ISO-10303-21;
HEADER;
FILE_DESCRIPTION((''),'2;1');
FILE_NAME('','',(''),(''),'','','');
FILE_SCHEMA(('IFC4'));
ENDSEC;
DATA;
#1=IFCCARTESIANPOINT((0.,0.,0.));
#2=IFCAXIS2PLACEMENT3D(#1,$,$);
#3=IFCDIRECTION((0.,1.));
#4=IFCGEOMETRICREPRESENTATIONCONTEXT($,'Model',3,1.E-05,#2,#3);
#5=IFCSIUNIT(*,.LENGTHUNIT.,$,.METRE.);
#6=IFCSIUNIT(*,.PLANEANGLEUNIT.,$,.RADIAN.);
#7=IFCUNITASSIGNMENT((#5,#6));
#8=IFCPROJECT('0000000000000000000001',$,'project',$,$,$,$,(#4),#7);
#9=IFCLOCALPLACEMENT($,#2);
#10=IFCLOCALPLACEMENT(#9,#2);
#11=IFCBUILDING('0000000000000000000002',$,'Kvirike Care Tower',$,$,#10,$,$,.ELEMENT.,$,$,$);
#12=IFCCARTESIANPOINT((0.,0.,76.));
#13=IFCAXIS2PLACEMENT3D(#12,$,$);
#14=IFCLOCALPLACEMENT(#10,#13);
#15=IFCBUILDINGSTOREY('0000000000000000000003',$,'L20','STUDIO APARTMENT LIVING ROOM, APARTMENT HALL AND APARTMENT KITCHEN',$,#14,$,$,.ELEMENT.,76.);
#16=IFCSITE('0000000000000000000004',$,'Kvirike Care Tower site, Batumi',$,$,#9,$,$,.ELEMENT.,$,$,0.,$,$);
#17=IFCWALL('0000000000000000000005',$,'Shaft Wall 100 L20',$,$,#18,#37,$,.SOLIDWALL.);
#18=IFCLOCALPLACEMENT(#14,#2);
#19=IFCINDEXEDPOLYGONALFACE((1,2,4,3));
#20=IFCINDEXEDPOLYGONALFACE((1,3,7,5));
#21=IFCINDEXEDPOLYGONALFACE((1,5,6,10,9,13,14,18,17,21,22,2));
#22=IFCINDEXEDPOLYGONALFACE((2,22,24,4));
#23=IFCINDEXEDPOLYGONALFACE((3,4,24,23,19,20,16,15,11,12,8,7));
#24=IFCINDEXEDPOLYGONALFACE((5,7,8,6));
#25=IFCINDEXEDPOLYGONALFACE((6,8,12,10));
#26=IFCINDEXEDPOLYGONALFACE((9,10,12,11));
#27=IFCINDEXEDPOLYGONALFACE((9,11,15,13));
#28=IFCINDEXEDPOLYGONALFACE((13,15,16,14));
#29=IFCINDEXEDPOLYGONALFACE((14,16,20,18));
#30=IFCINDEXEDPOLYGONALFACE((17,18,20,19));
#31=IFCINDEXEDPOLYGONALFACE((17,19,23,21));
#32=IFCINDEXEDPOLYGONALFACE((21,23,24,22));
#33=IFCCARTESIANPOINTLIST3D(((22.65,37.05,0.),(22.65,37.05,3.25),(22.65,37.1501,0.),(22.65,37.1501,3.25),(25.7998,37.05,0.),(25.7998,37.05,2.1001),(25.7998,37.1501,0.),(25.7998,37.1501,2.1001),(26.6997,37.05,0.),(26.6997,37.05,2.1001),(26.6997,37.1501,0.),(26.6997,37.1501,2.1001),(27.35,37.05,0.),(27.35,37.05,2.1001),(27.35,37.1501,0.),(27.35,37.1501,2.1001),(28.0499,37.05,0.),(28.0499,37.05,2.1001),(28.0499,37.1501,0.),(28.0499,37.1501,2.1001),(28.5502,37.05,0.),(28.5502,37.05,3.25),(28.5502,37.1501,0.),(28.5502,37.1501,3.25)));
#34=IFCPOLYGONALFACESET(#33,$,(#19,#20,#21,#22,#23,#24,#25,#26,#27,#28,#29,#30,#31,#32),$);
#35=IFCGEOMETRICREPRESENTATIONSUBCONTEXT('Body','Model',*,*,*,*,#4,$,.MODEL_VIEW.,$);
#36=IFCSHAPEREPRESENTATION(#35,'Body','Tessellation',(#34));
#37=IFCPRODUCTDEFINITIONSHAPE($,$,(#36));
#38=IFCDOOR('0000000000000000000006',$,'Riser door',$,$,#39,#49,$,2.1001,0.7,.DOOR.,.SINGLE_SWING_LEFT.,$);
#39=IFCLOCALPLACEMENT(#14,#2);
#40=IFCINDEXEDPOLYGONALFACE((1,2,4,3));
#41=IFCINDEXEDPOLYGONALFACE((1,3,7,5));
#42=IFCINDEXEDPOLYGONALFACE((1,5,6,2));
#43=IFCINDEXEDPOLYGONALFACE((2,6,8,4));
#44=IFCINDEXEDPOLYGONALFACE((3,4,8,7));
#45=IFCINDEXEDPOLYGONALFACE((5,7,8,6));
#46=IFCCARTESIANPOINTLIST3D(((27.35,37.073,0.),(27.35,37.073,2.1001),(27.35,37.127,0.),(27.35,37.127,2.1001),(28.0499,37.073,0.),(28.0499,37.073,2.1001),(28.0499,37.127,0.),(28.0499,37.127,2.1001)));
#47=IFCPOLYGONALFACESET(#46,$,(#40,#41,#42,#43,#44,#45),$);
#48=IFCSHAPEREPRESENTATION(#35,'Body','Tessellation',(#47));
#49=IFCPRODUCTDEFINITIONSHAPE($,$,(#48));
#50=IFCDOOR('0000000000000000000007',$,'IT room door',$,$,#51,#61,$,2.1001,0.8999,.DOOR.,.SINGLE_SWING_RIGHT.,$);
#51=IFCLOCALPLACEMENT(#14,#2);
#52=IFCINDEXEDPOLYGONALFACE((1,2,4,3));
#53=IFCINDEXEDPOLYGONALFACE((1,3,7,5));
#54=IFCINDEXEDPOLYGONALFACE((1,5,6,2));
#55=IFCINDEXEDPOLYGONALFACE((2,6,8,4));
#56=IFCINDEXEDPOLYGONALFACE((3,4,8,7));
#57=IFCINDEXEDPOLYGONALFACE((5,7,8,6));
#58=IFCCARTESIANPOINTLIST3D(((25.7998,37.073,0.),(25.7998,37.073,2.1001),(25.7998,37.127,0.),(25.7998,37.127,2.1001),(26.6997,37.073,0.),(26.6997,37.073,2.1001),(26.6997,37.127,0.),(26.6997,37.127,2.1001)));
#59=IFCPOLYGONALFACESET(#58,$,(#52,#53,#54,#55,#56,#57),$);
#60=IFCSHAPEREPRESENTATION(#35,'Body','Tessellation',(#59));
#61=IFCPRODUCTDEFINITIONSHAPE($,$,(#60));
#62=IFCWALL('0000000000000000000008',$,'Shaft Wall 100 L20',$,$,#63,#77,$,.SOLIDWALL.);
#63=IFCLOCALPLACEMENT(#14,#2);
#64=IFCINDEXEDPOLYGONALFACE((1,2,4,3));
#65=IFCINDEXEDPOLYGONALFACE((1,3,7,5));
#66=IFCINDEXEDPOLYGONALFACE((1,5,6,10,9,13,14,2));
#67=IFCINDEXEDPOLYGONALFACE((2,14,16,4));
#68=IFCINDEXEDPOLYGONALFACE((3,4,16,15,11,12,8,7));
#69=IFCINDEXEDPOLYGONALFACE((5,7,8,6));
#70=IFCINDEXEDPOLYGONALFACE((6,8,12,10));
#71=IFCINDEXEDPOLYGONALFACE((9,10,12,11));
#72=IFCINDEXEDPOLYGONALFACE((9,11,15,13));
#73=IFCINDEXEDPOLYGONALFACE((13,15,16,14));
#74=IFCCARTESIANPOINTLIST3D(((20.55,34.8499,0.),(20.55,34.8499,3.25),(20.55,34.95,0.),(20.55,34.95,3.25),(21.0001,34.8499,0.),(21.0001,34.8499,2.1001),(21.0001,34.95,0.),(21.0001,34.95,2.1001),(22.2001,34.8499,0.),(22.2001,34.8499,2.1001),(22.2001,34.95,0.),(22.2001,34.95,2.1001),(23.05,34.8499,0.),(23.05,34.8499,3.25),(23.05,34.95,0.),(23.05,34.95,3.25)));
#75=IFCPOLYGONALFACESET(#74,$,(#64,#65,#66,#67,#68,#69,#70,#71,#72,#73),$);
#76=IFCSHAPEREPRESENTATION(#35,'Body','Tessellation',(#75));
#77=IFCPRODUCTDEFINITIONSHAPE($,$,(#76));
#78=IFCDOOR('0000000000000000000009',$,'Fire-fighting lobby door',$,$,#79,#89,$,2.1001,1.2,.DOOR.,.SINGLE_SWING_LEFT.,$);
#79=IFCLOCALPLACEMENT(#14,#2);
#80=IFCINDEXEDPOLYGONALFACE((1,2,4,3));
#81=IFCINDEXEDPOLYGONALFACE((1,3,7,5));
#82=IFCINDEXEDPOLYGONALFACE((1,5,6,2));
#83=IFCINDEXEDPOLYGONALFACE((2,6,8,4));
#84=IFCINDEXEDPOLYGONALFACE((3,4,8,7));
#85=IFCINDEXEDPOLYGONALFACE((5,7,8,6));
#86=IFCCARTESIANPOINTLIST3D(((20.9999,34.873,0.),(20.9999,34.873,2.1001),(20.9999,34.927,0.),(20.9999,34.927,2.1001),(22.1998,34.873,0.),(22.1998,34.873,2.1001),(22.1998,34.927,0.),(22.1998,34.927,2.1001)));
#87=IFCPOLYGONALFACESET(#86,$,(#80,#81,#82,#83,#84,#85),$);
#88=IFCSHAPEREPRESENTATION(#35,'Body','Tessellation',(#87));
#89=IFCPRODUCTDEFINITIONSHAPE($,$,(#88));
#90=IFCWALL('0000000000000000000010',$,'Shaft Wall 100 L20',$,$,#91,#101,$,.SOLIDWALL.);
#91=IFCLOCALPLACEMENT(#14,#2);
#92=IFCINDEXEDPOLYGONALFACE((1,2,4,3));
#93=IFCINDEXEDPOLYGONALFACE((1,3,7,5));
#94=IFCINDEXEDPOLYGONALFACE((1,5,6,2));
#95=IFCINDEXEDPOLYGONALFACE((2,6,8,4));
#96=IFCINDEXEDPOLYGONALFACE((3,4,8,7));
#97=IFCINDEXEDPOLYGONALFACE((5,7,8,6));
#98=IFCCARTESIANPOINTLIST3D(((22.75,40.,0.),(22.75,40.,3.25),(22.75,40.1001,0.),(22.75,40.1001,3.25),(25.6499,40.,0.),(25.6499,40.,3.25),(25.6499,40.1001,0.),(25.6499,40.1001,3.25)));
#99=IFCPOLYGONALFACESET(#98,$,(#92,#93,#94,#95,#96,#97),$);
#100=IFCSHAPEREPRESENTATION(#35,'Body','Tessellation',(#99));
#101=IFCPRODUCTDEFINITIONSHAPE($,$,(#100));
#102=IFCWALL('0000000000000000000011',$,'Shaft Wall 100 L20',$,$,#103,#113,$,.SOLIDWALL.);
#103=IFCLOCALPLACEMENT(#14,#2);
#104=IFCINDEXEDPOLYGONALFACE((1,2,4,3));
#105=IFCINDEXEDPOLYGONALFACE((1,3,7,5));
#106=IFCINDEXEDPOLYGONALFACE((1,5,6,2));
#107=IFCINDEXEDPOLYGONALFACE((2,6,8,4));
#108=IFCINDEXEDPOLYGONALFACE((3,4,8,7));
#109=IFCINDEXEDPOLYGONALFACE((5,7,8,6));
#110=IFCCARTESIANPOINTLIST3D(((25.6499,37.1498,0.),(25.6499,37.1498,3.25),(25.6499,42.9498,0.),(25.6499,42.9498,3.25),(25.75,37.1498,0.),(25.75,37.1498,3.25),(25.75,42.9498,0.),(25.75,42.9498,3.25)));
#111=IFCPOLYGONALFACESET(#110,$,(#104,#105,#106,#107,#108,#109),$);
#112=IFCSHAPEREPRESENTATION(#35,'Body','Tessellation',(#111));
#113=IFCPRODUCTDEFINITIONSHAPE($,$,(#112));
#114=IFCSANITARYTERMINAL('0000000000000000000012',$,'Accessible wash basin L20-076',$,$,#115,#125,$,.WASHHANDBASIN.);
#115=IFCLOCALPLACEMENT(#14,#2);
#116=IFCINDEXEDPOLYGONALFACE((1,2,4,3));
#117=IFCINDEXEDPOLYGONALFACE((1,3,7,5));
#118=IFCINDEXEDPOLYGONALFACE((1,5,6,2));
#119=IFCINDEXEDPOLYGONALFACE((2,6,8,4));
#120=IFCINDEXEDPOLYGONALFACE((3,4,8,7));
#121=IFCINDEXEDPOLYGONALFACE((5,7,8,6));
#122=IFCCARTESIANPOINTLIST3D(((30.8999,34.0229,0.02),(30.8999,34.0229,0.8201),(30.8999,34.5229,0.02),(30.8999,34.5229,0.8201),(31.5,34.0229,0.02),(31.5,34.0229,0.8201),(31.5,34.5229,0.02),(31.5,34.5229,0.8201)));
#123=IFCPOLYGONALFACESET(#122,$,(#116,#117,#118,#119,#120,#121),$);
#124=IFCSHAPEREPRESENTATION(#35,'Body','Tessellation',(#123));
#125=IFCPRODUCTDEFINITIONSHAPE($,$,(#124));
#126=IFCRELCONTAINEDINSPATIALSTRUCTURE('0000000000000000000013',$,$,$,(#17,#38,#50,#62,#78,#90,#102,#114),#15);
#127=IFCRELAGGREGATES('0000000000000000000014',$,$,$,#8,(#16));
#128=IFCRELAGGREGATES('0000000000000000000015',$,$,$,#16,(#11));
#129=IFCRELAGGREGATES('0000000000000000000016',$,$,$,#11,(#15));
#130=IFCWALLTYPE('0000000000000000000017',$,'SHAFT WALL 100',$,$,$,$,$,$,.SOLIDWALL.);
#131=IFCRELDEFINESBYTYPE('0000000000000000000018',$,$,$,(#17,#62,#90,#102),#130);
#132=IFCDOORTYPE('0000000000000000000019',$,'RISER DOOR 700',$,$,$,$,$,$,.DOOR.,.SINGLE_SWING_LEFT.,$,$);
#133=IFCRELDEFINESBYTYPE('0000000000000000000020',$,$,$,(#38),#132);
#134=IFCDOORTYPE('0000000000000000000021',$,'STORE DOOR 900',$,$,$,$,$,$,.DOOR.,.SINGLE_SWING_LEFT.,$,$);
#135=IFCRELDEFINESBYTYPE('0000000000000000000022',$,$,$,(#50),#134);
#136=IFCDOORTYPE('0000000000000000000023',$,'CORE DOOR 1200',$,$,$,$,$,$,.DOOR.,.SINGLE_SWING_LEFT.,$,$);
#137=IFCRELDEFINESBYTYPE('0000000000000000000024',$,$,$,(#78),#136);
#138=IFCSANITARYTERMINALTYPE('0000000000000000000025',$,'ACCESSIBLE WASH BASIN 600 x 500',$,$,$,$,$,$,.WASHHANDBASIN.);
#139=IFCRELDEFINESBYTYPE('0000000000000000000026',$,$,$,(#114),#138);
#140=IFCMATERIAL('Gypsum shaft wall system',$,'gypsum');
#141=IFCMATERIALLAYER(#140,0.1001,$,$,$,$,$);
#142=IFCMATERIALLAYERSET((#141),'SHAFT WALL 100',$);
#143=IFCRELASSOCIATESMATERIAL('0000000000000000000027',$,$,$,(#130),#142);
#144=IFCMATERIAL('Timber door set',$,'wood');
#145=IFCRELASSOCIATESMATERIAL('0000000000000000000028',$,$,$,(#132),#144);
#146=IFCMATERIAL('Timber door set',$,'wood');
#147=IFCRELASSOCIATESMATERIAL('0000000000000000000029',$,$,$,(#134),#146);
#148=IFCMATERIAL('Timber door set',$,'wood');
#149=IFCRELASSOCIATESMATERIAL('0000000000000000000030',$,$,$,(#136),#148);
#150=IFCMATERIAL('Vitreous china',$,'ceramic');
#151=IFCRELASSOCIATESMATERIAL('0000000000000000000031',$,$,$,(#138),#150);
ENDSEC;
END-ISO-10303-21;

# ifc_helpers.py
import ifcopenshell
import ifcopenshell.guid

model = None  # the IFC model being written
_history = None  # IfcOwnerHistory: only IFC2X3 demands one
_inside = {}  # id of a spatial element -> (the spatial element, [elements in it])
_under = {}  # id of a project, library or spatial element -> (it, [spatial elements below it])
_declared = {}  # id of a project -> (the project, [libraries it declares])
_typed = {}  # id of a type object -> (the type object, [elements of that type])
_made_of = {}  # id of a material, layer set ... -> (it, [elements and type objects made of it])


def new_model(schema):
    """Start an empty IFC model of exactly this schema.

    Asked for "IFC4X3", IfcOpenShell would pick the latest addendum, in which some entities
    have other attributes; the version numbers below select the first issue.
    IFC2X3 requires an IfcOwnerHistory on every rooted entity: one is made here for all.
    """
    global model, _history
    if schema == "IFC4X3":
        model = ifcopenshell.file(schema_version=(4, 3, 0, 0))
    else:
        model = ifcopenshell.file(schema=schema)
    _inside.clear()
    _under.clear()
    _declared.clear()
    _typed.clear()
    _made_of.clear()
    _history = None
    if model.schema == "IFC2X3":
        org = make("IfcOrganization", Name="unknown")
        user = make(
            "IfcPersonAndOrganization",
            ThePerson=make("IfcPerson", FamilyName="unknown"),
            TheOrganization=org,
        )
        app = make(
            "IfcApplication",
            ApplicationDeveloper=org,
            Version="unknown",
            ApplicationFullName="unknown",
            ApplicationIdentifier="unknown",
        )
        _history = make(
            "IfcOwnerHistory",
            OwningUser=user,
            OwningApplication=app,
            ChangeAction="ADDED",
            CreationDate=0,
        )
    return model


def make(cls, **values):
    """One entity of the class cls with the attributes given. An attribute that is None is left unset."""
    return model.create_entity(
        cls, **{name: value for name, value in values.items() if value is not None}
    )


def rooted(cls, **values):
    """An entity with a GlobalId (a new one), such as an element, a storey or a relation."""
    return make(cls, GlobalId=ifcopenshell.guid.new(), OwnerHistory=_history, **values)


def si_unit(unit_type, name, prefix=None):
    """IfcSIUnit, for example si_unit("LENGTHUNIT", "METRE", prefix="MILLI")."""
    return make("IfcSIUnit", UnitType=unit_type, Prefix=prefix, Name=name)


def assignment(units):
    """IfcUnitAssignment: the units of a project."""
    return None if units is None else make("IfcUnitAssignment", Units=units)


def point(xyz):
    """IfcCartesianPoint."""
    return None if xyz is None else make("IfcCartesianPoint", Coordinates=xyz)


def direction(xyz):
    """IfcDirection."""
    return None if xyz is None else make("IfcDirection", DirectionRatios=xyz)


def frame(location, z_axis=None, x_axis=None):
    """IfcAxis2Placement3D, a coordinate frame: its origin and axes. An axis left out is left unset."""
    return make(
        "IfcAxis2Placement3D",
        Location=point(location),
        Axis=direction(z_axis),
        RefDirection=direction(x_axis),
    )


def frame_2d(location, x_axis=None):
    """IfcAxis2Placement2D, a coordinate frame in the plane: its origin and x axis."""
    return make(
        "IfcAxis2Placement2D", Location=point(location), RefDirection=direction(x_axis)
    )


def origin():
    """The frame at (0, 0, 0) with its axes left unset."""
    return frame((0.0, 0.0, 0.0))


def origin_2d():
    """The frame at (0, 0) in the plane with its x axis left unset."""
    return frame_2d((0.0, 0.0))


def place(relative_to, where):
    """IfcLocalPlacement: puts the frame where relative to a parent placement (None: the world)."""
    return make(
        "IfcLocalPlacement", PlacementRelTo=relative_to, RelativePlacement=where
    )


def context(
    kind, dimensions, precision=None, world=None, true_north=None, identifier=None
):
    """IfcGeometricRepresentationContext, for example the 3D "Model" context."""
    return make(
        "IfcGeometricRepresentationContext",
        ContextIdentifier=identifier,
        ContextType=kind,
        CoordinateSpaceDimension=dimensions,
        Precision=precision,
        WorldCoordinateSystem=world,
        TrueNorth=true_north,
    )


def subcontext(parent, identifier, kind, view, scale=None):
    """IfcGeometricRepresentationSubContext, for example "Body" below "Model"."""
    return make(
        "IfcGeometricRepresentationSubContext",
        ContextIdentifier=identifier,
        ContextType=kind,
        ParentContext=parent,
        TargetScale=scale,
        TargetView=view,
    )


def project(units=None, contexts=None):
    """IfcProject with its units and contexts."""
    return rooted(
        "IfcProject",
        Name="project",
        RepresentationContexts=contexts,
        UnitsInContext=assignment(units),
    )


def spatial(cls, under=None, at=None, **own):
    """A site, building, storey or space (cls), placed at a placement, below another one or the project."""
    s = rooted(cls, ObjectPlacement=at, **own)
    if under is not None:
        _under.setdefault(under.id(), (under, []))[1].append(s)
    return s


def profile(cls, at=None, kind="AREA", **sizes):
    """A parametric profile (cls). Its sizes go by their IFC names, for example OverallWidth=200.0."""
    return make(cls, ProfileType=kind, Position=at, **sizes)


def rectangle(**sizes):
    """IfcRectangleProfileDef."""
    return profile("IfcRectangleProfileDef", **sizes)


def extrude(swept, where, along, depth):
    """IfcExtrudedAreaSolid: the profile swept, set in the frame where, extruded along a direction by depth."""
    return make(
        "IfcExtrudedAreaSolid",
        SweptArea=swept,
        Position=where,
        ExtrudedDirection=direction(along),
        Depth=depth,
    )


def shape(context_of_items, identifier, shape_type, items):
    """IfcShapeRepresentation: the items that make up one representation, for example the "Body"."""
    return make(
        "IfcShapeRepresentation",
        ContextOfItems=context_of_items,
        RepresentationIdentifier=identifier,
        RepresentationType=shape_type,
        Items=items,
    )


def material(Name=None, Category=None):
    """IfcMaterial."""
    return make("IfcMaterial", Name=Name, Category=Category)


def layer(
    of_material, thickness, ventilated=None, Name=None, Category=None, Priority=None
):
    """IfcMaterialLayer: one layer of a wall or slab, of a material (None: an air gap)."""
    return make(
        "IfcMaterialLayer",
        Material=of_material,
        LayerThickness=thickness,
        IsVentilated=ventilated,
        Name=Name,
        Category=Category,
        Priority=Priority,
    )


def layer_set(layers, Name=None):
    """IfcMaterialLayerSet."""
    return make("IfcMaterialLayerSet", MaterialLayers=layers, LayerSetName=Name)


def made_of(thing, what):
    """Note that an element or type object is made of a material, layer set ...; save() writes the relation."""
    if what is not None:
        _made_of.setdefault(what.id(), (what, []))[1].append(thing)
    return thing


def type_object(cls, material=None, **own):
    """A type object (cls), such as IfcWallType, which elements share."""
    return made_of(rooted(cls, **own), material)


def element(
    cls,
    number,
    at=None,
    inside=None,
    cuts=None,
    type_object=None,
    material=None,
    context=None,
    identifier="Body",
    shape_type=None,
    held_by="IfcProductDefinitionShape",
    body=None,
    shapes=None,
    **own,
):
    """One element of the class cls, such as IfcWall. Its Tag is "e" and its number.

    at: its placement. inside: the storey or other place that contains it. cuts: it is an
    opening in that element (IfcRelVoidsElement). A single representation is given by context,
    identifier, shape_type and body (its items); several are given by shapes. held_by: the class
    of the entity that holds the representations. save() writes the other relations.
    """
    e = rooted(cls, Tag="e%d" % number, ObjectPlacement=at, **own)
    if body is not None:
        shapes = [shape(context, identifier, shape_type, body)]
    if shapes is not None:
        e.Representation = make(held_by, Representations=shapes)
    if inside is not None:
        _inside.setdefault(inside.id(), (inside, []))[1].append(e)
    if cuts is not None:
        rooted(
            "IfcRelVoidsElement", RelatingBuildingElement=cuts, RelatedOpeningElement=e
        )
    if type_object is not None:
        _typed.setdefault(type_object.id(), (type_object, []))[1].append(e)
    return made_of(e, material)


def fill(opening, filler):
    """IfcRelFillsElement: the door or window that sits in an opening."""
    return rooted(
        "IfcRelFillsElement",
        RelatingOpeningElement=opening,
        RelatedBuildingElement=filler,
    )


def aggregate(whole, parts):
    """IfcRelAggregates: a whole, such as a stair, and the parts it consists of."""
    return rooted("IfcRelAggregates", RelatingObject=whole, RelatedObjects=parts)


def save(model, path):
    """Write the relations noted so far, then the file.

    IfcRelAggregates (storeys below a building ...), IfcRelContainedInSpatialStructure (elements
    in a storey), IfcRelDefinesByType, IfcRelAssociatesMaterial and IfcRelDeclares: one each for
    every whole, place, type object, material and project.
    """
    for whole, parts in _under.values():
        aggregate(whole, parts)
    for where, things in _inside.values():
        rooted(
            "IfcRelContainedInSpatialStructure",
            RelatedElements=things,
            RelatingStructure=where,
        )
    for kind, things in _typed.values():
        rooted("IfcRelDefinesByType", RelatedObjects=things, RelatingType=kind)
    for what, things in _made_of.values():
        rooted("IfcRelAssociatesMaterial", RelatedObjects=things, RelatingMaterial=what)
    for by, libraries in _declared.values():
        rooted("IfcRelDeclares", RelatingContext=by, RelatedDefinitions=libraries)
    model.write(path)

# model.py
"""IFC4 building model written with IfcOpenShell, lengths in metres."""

from ifc_helpers import new_model, si_unit, direction, frame, frame_2d, origin, origin_2d, place, context, subcontext, project, spatial, rectangle, extrude, material, layer, layer_set, type_object, element, fill, save


model = new_model("IFC4")

# Units and contexts
model_context = context("Model", 3, precision=1e-05, world=origin(), true_north=direction((0.0, 1.0)))
body_context = subcontext(model_context, "Body", "Model", "MODEL_VIEW")
ifc_project = project(units=[si_unit("LENGTHUNIT", "METRE"), si_unit("PLANEANGLEUNIT", "RADIAN")], contexts=[model_context])

# Site, building, storey
site_placement = place(None, origin())
site = spatial("IfcSite", under=ifc_project, at=site_placement, Name="Kvirike Care Tower site, Batumi", CompositionType="ELEMENT", RefElevation=0.0)
building_placement = place(site_placement, origin())
building = spatial("IfcBuilding", under=site, at=building_placement, Name="Kvirike Care Tower", CompositionType="ELEMENT")
storey_placement = place(building_placement, frame((0.0, 0.0, 76.0)))
storey = spatial("IfcBuildingStorey", under=building, at=storey_placement, Name="L20", Description="STUDIO APARTMENT LIVING ROOM, APARTMENT HALL AND APARTMENT KITCHEN", CompositionType="ELEMENT", Elevation=76.0)

# Shared definitions
ifc_material_1 = material(Name="Gypsum shaft wall system", Category="gypsum")
ifc_layer = layer(ifc_material_1, 0.1001)
ifc_layer_set = layer_set([ifc_layer], Name="SHAFT WALL 100")
wall_type = type_object("IfcWallType", Name="SHAFT WALL 100", PredefinedType="SOLIDWALL", material=ifc_layer_set)

# Wall, openings, doors
wall_1_placement = place(storey_placement, frame((22.6499, 37.1001, 0.0), z_axis=(0.0, 0.0, 1.0), x_axis=(1.0, 0.0, 0.0)))
wall_1 = element("IfcWall", 1, at=wall_1_placement, inside=storey, type_object=wall_type, Name="Shaft Wall 100 L20", PredefinedType="SOLIDWALL", context=body_context, shape_type="SweptSolid", body=[
    extrude(rectangle(XDim=5.9001, YDim=0.1001, at=frame_2d((2.9502, 0.0))), origin(), (0.0, 0.0, 1.0), 3.25),
])
opening_1_placement = place(wall_1_placement, frame((3.1499, 0.0, 0.0)))
opening_1 = element("IfcOpeningElement", 2, at=opening_1_placement, cuts=wall_1, PredefinedType="OPENING", context=body_context, shape_type="SweptSolid", body=[
    extrude(rectangle(XDim=0.8999, YDim=2.1001, at=frame_2d((0.45, 1.05))), frame((0.0, 0.0605, 0.0), z_axis=(0.0, -1.0, 0.0), x_axis=(1.0, 0.0, 0.0)), (0.0, 0.0, 1.0), 0.1211),
])
opening_2_placement = place(wall_1_placement, frame((4.7, 0.0, 0.0)))
opening_2 = element("IfcOpeningElement", 3, at=opening_2_placement, cuts=wall_1, PredefinedType="OPENING", context=body_context, shape_type="SweptSolid", body=[
    extrude(rectangle(XDim=0.7, YDim=2.1001, at=frame_2d((0.3501, 1.05))), frame((0.0, 0.0605, 0.0), z_axis=(0.0, -1.0, 0.0), x_axis=(1.0, 0.0, 0.0)), (0.0, 0.0, 1.0), 0.1211),
])
ifc_material_2 = material(Name="Timber door set", Category="wood")
door_type_1 = type_object("IfcDoorType", Name="RISER DOOR 700", OperationType="SINGLE_SWING_LEFT", PredefinedType="DOOR", material=ifc_material_2)
door_1_placement = place(opening_2_placement, origin())
door_1 = element("IfcDoor", 4, at=door_1_placement, inside=storey, type_object=door_type_1, Name="Riser door", OperationType="SINGLE_SWING_LEFT", OverallHeight=2.1001, OverallWidth=0.7, PredefinedType="DOOR", context=body_context, shape_type="SweptSolid", body=[
    extrude(rectangle(XDim=0.7, YDim=2.1001, at=frame_2d((0.3501, 1.05))), frame((0.0, 0.0269, 0.0), z_axis=(0.0, -1.0, 0.0), x_axis=(1.0, 0.0, 0.0)), (0.0, 0.0, 1.0), 0.054),
])
fill(opening_2, door_1)
ifc_material_3 = material(Name="Timber door set", Category="wood")
door_type_2 = type_object("IfcDoorType", Name="STORE DOOR 900", OperationType="SINGLE_SWING_LEFT", PredefinedType="DOOR", material=ifc_material_3)
door_2_placement = place(opening_1_placement, origin())
door_2 = element("IfcDoor", 5, at=door_2_placement, inside=storey, type_object=door_type_2, Name="IT room door", OperationType="SINGLE_SWING_RIGHT", OverallHeight=2.1001, OverallWidth=0.8999, PredefinedType="DOOR", context=body_context, shape_type="SweptSolid", body=[
    extrude(rectangle(XDim=0.8999, YDim=2.1001, at=frame_2d((0.45, 1.05))), frame((0.0, 0.0269, 0.0), z_axis=(0.0, -1.0, 0.0), x_axis=(1.0, 0.0, 0.0)), (0.0, 0.0, 1.0), 0.054),
])
fill(opening_1, door_2)

# Wall, opening, door
wall_2_placement = place(storey_placement, frame((20.55, 34.8999, 0.0), z_axis=(0.0, 0.0, 1.0), x_axis=(1.0, 0.0, 0.0)))
wall_2 = element("IfcWall", 6, at=wall_2_placement, inside=storey, type_object=wall_type, Name="Shaft Wall 100 L20", PredefinedType="SOLIDWALL", context=body_context, shape_type="SweptSolid", body=[
    extrude(rectangle(XDim=2.5, YDim=0.1001, at=frame_2d((1.25, 0.0))), origin(), (0.0, 0.0, 1.0), 3.25),
])
opening_3_placement = place(wall_2_placement, frame((0.45, 0.0, 0.0)))
opening_3 = element("IfcOpeningElement", 7, at=opening_3_placement, cuts=wall_2, PredefinedType="OPENING", context=body_context, shape_type="SweptSolid", body=[
    extrude(rectangle(XDim=1.2, YDim=2.1001, at=frame_2d((0.6001, 1.05))), frame((0.0, 0.0605, 0.0), z_axis=(0.0, -1.0, 0.0), x_axis=(1.0, 0.0, 0.0)), (0.0, 0.0, 1.0), 0.1211),
])
ifc_material_4 = material(Name="Timber door set", Category="wood")
door_type_3 = type_object("IfcDoorType", Name="CORE DOOR 1200", OperationType="SINGLE_SWING_LEFT", PredefinedType="DOOR", material=ifc_material_4)
door_3_placement = place(opening_3_placement, frame((1.2, 0.0, 0.0), z_axis=(0.0, 0.0, 1.0), x_axis=(-1.0, 0.0, 0.0)))
door_3 = element("IfcDoor", 8, at=door_3_placement, inside=storey, type_object=door_type_3, Name="Fire-fighting lobby door", OperationType="SINGLE_SWING_LEFT", OverallHeight=2.1001, OverallWidth=1.2, PredefinedType="DOOR", context=body_context, shape_type="SweptSolid", body=[
    extrude(rectangle(XDim=1.2, YDim=2.1001, at=frame_2d((0.6001, 1.05))), frame((0.0, 0.0269, 0.0), z_axis=(0.0, -1.0, 0.0), x_axis=(1.0, 0.0, 0.0)), (0.0, 0.0, 1.0), 0.054),
])
fill(opening_3, door_3)

# Walls
wall_3_placement = place(storey_placement, frame((22.75, 40.05, 0.0), z_axis=(0.0, 0.0, 1.0), x_axis=(1.0, 0.0, 0.0)))
element("IfcWall", 9, at=wall_3_placement, inside=storey, type_object=wall_type, Name="Shaft Wall 100 L20", PredefinedType="SOLIDWALL", context=body_context, shape_type="SweptSolid", body=[
    extrude(rectangle(XDim=2.8999, YDim=0.1001, at=frame_2d((1.45, 0.0))), origin(), (0.0, 0.0, 1.0), 3.25),
])
wall_4_placement = place(storey_placement, frame((25.7, 37.1499, 0.0), z_axis=(0.0, 0.0, 1.0), x_axis=(0.0, 1.0, 0.0)))
element("IfcWall", 10, at=wall_4_placement, inside=storey, type_object=wall_type, Name="Shaft Wall 100 L20", PredefinedType="SOLIDWALL", context=body_context, shape_type="SweptSolid", body=[
    extrude(rectangle(XDim=5.8, YDim=0.1001, at=frame_2d((2.8999, 0.0))), origin(), (0.0, 0.0, 1.0), 3.25),
])

# Sanitary terminal
ifc_material_5 = material(Name="Vitreous china", Category="ceramic")
sanitary_terminal_type = type_object("IfcSanitaryTerminalType", Name="ACCESSIBLE WASH BASIN 600 x 500", PredefinedType="WASHHANDBASIN", material=ifc_material_5)
sanitary_terminal_placement = place(storey_placement, frame((31.2, 34.2729, 0.02), z_axis=(0.0, 0.0, 1.0), x_axis=(1.0, 0.0, 0.0)))
element("IfcSanitaryTerminal", 11, at=sanitary_terminal_placement, inside=storey, type_object=sanitary_terminal_type, Name="Accessible wash basin L20-076", PredefinedType="WASHHANDBASIN", context=body_context, shape_type="SweptSolid", body=[
    extrude(rectangle(XDim=0.6001, YDim=0.5, at=origin_2d()), origin(), (0.0, 0.0, 1.0), 0.8),
])

save(model, "model.ifc")
